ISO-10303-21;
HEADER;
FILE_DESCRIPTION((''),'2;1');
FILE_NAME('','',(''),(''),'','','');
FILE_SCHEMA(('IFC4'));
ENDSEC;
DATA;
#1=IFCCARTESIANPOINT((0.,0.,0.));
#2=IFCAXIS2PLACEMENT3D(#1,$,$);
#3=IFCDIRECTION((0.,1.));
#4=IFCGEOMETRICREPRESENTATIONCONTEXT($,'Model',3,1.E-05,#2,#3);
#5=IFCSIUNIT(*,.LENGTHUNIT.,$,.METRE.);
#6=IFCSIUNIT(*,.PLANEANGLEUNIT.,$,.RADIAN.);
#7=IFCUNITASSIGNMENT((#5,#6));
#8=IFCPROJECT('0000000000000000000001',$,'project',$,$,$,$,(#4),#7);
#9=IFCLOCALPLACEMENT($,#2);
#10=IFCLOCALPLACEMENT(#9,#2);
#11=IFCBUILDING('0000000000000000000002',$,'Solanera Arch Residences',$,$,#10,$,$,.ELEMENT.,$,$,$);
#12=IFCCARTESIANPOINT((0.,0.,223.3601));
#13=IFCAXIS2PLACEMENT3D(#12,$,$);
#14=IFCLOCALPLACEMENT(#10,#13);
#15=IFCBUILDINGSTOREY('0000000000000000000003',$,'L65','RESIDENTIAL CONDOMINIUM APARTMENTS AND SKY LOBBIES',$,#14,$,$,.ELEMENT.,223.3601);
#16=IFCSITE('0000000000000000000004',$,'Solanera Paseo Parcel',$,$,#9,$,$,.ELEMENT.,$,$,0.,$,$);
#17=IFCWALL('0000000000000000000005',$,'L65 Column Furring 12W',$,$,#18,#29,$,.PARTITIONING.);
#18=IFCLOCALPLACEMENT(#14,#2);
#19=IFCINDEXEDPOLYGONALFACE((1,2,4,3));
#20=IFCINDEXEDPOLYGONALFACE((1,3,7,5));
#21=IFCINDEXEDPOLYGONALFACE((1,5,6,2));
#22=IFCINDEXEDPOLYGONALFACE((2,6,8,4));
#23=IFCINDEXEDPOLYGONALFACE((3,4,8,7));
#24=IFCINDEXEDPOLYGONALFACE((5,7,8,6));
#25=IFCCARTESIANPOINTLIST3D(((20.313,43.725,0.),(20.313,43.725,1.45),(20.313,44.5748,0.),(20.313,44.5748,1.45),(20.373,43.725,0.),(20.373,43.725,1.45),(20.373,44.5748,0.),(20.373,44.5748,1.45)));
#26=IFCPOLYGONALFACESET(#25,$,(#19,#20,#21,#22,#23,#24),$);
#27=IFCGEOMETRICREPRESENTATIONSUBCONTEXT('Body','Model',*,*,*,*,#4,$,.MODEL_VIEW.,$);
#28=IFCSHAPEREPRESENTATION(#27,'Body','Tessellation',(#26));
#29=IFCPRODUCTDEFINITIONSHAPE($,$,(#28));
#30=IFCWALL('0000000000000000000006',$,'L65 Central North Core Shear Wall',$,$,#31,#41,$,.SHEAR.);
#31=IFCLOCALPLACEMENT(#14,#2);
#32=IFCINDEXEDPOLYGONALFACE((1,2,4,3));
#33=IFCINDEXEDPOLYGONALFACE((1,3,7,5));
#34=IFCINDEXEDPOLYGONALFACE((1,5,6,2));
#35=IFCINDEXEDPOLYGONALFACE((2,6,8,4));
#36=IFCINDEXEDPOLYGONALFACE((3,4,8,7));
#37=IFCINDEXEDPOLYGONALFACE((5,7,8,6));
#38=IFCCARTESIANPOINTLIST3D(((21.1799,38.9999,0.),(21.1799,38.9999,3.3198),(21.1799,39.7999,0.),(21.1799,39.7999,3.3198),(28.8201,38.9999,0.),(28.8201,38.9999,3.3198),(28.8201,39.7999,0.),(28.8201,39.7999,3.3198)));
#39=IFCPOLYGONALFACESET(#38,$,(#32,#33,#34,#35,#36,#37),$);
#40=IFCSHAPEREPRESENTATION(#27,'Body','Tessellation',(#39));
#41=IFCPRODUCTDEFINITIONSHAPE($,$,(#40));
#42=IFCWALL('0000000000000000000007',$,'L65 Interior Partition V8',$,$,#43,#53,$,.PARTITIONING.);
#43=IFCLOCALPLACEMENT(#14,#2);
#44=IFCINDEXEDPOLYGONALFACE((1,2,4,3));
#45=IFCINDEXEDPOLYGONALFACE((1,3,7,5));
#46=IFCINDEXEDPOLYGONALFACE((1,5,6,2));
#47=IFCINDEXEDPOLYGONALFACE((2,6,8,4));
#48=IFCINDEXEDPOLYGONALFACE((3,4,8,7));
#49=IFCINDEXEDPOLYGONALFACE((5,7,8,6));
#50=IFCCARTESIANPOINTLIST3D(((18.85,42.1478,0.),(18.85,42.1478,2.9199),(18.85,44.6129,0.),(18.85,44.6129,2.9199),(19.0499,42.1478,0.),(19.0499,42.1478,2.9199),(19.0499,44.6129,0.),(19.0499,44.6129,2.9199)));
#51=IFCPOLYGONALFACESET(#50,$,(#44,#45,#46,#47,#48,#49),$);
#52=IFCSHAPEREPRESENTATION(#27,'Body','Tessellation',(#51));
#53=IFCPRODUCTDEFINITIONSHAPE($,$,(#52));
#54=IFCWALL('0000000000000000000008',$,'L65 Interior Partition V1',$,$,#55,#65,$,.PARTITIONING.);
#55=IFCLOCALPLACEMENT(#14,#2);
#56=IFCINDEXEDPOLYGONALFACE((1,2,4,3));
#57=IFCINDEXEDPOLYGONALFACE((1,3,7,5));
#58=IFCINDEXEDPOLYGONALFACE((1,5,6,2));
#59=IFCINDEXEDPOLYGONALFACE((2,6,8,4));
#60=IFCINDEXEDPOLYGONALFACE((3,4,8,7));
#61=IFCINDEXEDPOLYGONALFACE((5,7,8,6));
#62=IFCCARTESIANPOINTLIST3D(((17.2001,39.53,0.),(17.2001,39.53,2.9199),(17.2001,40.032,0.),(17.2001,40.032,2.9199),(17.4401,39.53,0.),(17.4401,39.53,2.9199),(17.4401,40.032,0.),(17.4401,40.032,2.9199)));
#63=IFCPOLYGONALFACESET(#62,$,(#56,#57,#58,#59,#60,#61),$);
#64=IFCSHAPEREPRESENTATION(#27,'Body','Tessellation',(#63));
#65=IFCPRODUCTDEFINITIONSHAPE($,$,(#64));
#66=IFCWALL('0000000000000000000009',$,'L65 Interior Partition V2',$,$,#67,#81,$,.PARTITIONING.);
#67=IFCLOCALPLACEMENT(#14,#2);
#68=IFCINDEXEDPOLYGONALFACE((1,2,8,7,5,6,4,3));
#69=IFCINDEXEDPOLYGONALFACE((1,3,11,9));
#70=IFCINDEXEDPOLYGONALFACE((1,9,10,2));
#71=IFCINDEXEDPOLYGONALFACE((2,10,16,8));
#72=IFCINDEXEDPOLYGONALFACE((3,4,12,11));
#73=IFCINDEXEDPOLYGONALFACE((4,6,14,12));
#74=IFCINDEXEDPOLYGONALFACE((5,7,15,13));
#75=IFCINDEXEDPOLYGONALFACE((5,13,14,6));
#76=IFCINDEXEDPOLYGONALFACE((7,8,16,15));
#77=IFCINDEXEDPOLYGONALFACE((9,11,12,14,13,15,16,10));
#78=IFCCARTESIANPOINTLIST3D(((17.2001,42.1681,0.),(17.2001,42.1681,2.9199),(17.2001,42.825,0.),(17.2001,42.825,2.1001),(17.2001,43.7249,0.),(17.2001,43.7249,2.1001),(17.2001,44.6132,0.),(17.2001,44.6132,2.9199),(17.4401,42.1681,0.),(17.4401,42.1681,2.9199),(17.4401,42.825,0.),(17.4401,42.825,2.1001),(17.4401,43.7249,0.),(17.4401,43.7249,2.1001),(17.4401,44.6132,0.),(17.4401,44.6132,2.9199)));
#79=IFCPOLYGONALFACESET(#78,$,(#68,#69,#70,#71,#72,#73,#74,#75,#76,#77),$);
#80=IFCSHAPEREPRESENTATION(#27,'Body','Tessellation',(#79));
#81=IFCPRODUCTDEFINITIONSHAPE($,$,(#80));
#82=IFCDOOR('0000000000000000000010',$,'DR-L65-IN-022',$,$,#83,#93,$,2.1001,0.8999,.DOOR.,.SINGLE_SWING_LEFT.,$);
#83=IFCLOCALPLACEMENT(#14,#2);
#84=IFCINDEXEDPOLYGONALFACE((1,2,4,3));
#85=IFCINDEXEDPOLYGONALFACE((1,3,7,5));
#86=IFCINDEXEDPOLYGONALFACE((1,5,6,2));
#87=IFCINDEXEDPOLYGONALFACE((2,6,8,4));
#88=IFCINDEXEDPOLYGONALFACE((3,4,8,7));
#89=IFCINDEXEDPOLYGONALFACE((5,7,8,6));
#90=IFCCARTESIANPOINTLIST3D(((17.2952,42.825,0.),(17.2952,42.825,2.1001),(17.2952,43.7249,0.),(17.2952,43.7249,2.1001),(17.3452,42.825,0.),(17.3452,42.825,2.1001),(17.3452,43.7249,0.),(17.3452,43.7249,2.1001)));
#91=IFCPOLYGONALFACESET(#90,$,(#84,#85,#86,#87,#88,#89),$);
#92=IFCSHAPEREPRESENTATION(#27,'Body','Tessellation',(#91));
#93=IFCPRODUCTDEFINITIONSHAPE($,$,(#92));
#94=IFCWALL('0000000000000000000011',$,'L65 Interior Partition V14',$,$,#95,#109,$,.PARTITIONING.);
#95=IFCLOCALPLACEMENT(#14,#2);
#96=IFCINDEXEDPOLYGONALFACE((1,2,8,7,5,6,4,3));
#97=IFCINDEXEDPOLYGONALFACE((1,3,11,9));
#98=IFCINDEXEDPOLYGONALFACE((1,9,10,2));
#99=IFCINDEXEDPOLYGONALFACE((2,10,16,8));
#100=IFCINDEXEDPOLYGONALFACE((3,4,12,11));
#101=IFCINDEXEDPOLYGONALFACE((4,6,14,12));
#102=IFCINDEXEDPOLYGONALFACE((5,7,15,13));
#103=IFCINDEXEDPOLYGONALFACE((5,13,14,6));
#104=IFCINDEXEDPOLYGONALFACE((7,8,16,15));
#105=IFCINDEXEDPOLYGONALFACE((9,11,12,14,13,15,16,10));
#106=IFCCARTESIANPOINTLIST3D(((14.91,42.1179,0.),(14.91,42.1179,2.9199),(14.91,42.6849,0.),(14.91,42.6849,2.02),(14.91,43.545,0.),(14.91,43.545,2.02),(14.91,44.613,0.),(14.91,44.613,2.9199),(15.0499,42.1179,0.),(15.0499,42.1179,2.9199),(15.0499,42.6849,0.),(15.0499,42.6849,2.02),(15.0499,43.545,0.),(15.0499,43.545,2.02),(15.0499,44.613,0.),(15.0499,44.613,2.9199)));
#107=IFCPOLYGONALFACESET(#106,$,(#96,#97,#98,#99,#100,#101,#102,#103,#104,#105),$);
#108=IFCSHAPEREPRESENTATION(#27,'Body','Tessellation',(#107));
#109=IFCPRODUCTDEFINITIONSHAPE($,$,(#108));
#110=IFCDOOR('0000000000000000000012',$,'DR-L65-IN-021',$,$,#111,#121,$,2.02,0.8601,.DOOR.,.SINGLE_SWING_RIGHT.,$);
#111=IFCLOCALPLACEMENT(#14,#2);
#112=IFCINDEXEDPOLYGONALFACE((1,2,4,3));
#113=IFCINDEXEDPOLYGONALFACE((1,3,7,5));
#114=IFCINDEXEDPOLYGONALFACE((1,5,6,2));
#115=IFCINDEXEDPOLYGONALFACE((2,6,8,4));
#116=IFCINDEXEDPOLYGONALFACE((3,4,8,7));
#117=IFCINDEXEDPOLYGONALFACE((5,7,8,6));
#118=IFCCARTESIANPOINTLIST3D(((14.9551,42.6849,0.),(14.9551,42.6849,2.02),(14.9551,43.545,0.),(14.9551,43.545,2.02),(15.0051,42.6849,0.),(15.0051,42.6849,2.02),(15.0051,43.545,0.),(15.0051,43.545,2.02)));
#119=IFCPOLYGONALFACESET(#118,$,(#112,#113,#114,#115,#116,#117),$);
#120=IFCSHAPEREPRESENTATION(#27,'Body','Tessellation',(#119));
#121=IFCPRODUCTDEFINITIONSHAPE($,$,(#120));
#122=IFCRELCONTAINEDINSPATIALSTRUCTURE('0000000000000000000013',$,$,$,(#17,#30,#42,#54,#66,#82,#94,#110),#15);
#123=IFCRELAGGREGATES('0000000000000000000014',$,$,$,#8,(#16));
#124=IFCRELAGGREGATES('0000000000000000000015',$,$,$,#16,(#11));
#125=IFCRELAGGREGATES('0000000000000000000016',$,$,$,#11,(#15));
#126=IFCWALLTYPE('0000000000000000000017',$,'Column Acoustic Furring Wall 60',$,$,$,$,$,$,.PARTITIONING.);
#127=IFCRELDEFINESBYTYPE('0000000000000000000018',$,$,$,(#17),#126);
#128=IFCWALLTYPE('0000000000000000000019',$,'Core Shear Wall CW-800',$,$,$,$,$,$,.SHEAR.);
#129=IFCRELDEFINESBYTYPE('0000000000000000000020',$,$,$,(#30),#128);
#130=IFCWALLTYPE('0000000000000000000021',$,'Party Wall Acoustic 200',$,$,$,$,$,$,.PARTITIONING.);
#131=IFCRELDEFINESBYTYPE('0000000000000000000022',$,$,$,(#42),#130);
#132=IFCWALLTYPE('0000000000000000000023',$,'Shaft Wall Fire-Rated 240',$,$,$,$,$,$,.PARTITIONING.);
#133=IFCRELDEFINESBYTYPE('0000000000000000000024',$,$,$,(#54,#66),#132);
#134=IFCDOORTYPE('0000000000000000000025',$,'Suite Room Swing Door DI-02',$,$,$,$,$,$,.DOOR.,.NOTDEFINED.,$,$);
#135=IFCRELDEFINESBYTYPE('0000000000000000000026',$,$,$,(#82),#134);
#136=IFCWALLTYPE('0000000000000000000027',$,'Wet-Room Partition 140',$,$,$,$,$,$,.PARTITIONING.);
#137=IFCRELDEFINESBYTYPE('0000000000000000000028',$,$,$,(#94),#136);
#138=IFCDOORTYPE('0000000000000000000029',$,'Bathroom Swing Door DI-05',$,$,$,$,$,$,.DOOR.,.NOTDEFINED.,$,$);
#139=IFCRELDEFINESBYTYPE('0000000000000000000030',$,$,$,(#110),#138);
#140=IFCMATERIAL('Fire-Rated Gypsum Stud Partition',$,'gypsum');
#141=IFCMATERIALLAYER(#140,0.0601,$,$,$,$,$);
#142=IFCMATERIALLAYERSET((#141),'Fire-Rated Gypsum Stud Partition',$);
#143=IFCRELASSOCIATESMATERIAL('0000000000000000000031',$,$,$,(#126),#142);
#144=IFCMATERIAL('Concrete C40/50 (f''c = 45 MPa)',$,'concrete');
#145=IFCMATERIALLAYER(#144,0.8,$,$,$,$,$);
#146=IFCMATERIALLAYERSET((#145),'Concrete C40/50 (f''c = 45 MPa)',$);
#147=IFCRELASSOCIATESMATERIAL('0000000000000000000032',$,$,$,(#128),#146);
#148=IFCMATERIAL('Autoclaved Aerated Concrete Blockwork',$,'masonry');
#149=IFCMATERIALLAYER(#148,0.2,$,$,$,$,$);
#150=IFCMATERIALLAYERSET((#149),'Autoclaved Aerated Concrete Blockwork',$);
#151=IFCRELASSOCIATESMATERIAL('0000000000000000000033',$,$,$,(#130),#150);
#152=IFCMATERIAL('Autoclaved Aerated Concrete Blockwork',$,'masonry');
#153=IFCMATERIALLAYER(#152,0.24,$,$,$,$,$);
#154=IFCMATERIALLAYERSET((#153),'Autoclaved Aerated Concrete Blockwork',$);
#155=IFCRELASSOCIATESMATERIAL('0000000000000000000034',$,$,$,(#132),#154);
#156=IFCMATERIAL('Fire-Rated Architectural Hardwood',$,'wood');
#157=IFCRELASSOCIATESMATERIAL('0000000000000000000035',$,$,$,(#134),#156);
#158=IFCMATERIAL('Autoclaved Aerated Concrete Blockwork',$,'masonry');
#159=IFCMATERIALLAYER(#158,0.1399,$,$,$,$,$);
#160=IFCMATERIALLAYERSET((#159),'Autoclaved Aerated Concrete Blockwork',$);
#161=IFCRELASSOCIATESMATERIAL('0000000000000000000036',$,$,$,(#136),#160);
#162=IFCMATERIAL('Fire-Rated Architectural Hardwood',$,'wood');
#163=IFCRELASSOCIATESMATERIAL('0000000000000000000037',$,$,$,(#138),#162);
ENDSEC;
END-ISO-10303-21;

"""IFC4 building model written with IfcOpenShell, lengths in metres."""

from ifc_helpers import new_model, si_unit, direction, frame, frame_2d, origin, place, context, subcontext, project, spatial, rectangle, extrude, material, layer, layer_set, type_object, element, fill, save


model = new_model("IFC4")

# Units and contexts
model_context = context("Model", 3, precision=1e-05, world=origin(), true_north=direction((0.0, 1.0)))
body_context = subcontext(model_context, "Body", "Model", "MODEL_VIEW")
ifc_project = project(units=[si_unit("LENGTHUNIT", "METRE"), si_unit("PLANEANGLEUNIT", "RADIAN")], contexts=[model_context])

# Site, building, storey
site_placement = place(None, origin())
site = spatial("IfcSite", under=ifc_project, at=site_placement, Name="Solanera Paseo Parcel", CompositionType="ELEMENT", RefElevation=0.0)
building_placement = place(site_placement, origin())
building = spatial("IfcBuilding", under=site, at=building_placement, Name="Solanera Arch Residences", CompositionType="ELEMENT")
storey_placement = place(building_placement, frame((0.0, 0.0, 223.3601)))
storey = spatial("IfcBuildingStorey", under=building, at=storey_placement, Name="L65", Description="RESIDENTIAL CONDOMINIUM APARTMENTS AND SKY LOBBIES", CompositionType="ELEMENT", Elevation=223.3601)

# Walls
ifc_material_1 = material(Name="Fire-Rated Gypsum Stud Partition", Category="gypsum")
ifc_layer_1 = layer(ifc_material_1, 0.0601)
ifc_layer_set_1 = layer_set([ifc_layer_1], Name="Fire-Rated Gypsum Stud Partition")
wall_type_1 = type_object("IfcWallType", Name="Column Acoustic Furring Wall 60", PredefinedType="PARTITIONING", material=ifc_layer_set_1)
wall_1_placement = place(storey_placement, frame((20.343, 43.7251, 0.0), z_axis=(0.0, 0.0, 1.0), x_axis=(0.0, 1.0, 0.0)))
element("IfcWall", 1, at=wall_1_placement, inside=storey, type_object=wall_type_1, Name="L65 Column Furring 12W", PredefinedType="PARTITIONING", context=body_context, shape_type="SweptSolid", body=[
    extrude(rectangle(XDim=0.8499, YDim=0.0601, at=frame_2d((0.4248, 0.0))), origin(), (0.0, 0.0, 1.0), 1.45),
])
ifc_material_2 = material(Name="Concrete C40/50 (f'c = 45 MPa)", Category="concrete")
ifc_layer_2 = layer(ifc_material_2, 0.8)
ifc_layer_set_2 = layer_set([ifc_layer_2], Name="Concrete C40/50 (f'c = 45 MPa)")
wall_type_2 = type_object("IfcWallType", Name="Core Shear Wall CW-800", PredefinedType="SHEAR", material=ifc_layer_set_2)
wall_2_placement = place(storey_placement, frame((21.1799, 39.3999, 0.0), z_axis=(0.0, 0.0, 1.0), x_axis=(1.0, 0.0, 0.0)))
element("IfcWall", 2, at=wall_2_placement, inside=storey, type_object=wall_type_2, Name="L65 Central North Core Shear Wall", PredefinedType="SHEAR", context=body_context, shape_type="SweptSolid", body=[
    extrude(rectangle(XDim=7.6401, YDim=0.8, at=frame_2d((3.8201, 0.0))), origin(), (0.0, 0.0, 1.0), 3.3198),
])
ifc_material_3 = material(Name="Autoclaved Aerated Concrete Blockwork", Category="masonry")
ifc_layer_3 = layer(ifc_material_3, 0.2)
ifc_layer_set_3 = layer_set([ifc_layer_3], Name="Autoclaved Aerated Concrete Blockwork")
wall_type_3 = type_object("IfcWallType", Name="Party Wall Acoustic 200", PredefinedType="PARTITIONING", material=ifc_layer_set_3)
wall_3_placement = place(storey_placement, frame((18.95, 42.1479, 0.0), z_axis=(0.0, 0.0, 1.0), x_axis=(0.0, 1.0, 0.0)))
element("IfcWall", 3, at=wall_3_placement, inside=storey, type_object=wall_type_3, Name="L65 Interior Partition V8", PredefinedType="PARTITIONING", context=body_context, shape_type="SweptSolid", body=[
    extrude(rectangle(XDim=2.4651, YDim=0.2, at=frame_2d((1.2324, 0.0))), origin(), (0.0, 0.0, 1.0), 2.9199),
])
ifc_material_4 = material(Name="Autoclaved Aerated Concrete Blockwork", Category="masonry")
ifc_layer_4 = layer(ifc_material_4, 0.24)
ifc_layer_set_4 = layer_set([ifc_layer_4], Name="Autoclaved Aerated Concrete Blockwork")
wall_type_4 = type_object("IfcWallType", Name="Shaft Wall Fire-Rated 240", PredefinedType="PARTITIONING", material=ifc_layer_set_4)
wall_4_placement = place(storey_placement, frame((17.3201, 39.53, 0.0), z_axis=(0.0, 0.0, 1.0), x_axis=(0.0, 1.0, 0.0)))
element("IfcWall", 4, at=wall_4_placement, inside=storey, type_object=wall_type_4, Name="L65 Interior Partition V1", PredefinedType="PARTITIONING", context=body_context, shape_type="SweptSolid", body=[
    extrude(rectangle(XDim=0.502, YDim=0.24, at=frame_2d((0.251, 0.0))), origin(), (0.0, 0.0, 1.0), 2.9199),
])

# Walls, openings, doors
wall_5_placement = place(storey_placement, frame((17.3201, 42.168, 0.0), z_axis=(0.0, 0.0, 1.0), x_axis=(0.0, 1.0, 0.0)))
wall_5 = element("IfcWall", 5, at=wall_5_placement, inside=storey, type_object=wall_type_4, Name="L65 Interior Partition V2", PredefinedType="PARTITIONING", context=body_context, shape_type="SweptSolid", body=[
    extrude(rectangle(XDim=2.4451, YDim=0.24, at=frame_2d((1.2227, 0.0))), origin(), (0.0, 0.0, 1.0), 2.9199),
])
opening_1_placement = place(wall_5_placement, frame((0.657, 0.0, 0.0)))
opening_1 = element("IfcOpeningElement", 6, at=opening_1_placement, cuts=wall_5, PredefinedType="OPENING", context=body_context, shape_type="SweptSolid", body=[
    extrude(rectangle(XDim=0.8999, YDim=2.1001, at=frame_2d((0.45, 1.05))), frame((0.0, 0.1299, 0.0), z_axis=(0.0, -1.0, 0.0), x_axis=(1.0, 0.0, 0.0)), (0.0, 0.0, 1.0), 0.26),
])
ifc_material_5 = material(Name="Fire-Rated Architectural Hardwood", Category="wood")
door_type_1 = type_object("IfcDoorType", Name="Suite Room Swing Door DI-02", OperationType="NOTDEFINED", PredefinedType="DOOR", material=ifc_material_5)
door_1_placement = place(opening_1_placement, origin())
door_1 = element("IfcDoor", 7, at=door_1_placement, inside=storey, type_object=door_type_1, Name="DR-L65-IN-022", OperationType="SINGLE_SWING_LEFT", OverallHeight=2.1001, OverallWidth=0.8999, PredefinedType="DOOR", context=body_context, shape_type="SweptSolid", body=[
    extrude(rectangle(XDim=0.8999, YDim=2.1001, at=frame_2d((0.45, 1.05))), frame((0.0, 0.0249, 0.0), z_axis=(0.0, -1.0, 0.0), x_axis=(1.0, 0.0, 0.0)), (0.0, 0.0, 1.0), 0.05),
])
fill(opening_1, door_1)
ifc_material_6 = material(Name="Autoclaved Aerated Concrete Blockwork", Category="masonry")
ifc_layer_5 = layer(ifc_material_6, 0.1399)
ifc_layer_set_5 = layer_set([ifc_layer_5], Name="Autoclaved Aerated Concrete Blockwork")
wall_type_5 = type_object("IfcWallType", Name="Wet-Room Partition 140", PredefinedType="PARTITIONING", material=ifc_layer_set_5)
wall_6_placement = place(storey_placement, frame((14.98, 42.1179, 0.0), z_axis=(0.0, 0.0, 1.0), x_axis=(0.0, 1.0, 0.0)))
wall_6 = element("IfcWall", 8, at=wall_6_placement, inside=storey, type_object=wall_type_5, Name="L65 Interior Partition V14", PredefinedType="PARTITIONING", context=body_context, shape_type="SweptSolid", body=[
    extrude(rectangle(XDim=2.4951, YDim=0.1399, at=frame_2d((1.2476, 0.0))), origin(), (0.0, 0.0, 1.0), 2.9199),
])
opening_2_placement = place(wall_6_placement, frame((0.5669, 0.0, 0.0)))
opening_2 = element("IfcOpeningElement", 9, at=opening_2_placement, cuts=wall_6, PredefinedType="OPENING", context=body_context, shape_type="SweptSolid", body=[
    extrude(rectangle(XDim=0.8601, YDim=2.02, at=frame_2d((0.4302, 1.01))), frame((0.0, 0.0798, 0.0), z_axis=(0.0, -1.0, 0.0), x_axis=(1.0, 0.0, 0.0)), (0.0, 0.0, 1.0), 0.1599),
])
ifc_material_7 = material(Name="Fire-Rated Architectural Hardwood", Category="wood")
door_type_2 = type_object("IfcDoorType", Name="Bathroom Swing Door DI-05", OperationType="NOTDEFINED", PredefinedType="DOOR", material=ifc_material_7)
door_2_placement = place(opening_2_placement, origin())
door_2 = element("IfcDoor", 10, at=door_2_placement, inside=storey, type_object=door_type_2, Name="DR-L65-IN-021", OperationType="SINGLE_SWING_RIGHT", OverallHeight=2.02, OverallWidth=0.8601, PredefinedType="DOOR", context=body_context, shape_type="SweptSolid", body=[
    extrude(rectangle(XDim=0.8601, YDim=2.02, at=frame_2d((0.4302, 1.01))), frame((0.0, 0.0249, 0.0), z_axis=(0.0, -1.0, 0.0), x_axis=(1.0, 0.0, 0.0)), (0.0, 0.0, 1.0), 0.05),
])
fill(opening_2, door_2)

save(model, "model.ifc")
